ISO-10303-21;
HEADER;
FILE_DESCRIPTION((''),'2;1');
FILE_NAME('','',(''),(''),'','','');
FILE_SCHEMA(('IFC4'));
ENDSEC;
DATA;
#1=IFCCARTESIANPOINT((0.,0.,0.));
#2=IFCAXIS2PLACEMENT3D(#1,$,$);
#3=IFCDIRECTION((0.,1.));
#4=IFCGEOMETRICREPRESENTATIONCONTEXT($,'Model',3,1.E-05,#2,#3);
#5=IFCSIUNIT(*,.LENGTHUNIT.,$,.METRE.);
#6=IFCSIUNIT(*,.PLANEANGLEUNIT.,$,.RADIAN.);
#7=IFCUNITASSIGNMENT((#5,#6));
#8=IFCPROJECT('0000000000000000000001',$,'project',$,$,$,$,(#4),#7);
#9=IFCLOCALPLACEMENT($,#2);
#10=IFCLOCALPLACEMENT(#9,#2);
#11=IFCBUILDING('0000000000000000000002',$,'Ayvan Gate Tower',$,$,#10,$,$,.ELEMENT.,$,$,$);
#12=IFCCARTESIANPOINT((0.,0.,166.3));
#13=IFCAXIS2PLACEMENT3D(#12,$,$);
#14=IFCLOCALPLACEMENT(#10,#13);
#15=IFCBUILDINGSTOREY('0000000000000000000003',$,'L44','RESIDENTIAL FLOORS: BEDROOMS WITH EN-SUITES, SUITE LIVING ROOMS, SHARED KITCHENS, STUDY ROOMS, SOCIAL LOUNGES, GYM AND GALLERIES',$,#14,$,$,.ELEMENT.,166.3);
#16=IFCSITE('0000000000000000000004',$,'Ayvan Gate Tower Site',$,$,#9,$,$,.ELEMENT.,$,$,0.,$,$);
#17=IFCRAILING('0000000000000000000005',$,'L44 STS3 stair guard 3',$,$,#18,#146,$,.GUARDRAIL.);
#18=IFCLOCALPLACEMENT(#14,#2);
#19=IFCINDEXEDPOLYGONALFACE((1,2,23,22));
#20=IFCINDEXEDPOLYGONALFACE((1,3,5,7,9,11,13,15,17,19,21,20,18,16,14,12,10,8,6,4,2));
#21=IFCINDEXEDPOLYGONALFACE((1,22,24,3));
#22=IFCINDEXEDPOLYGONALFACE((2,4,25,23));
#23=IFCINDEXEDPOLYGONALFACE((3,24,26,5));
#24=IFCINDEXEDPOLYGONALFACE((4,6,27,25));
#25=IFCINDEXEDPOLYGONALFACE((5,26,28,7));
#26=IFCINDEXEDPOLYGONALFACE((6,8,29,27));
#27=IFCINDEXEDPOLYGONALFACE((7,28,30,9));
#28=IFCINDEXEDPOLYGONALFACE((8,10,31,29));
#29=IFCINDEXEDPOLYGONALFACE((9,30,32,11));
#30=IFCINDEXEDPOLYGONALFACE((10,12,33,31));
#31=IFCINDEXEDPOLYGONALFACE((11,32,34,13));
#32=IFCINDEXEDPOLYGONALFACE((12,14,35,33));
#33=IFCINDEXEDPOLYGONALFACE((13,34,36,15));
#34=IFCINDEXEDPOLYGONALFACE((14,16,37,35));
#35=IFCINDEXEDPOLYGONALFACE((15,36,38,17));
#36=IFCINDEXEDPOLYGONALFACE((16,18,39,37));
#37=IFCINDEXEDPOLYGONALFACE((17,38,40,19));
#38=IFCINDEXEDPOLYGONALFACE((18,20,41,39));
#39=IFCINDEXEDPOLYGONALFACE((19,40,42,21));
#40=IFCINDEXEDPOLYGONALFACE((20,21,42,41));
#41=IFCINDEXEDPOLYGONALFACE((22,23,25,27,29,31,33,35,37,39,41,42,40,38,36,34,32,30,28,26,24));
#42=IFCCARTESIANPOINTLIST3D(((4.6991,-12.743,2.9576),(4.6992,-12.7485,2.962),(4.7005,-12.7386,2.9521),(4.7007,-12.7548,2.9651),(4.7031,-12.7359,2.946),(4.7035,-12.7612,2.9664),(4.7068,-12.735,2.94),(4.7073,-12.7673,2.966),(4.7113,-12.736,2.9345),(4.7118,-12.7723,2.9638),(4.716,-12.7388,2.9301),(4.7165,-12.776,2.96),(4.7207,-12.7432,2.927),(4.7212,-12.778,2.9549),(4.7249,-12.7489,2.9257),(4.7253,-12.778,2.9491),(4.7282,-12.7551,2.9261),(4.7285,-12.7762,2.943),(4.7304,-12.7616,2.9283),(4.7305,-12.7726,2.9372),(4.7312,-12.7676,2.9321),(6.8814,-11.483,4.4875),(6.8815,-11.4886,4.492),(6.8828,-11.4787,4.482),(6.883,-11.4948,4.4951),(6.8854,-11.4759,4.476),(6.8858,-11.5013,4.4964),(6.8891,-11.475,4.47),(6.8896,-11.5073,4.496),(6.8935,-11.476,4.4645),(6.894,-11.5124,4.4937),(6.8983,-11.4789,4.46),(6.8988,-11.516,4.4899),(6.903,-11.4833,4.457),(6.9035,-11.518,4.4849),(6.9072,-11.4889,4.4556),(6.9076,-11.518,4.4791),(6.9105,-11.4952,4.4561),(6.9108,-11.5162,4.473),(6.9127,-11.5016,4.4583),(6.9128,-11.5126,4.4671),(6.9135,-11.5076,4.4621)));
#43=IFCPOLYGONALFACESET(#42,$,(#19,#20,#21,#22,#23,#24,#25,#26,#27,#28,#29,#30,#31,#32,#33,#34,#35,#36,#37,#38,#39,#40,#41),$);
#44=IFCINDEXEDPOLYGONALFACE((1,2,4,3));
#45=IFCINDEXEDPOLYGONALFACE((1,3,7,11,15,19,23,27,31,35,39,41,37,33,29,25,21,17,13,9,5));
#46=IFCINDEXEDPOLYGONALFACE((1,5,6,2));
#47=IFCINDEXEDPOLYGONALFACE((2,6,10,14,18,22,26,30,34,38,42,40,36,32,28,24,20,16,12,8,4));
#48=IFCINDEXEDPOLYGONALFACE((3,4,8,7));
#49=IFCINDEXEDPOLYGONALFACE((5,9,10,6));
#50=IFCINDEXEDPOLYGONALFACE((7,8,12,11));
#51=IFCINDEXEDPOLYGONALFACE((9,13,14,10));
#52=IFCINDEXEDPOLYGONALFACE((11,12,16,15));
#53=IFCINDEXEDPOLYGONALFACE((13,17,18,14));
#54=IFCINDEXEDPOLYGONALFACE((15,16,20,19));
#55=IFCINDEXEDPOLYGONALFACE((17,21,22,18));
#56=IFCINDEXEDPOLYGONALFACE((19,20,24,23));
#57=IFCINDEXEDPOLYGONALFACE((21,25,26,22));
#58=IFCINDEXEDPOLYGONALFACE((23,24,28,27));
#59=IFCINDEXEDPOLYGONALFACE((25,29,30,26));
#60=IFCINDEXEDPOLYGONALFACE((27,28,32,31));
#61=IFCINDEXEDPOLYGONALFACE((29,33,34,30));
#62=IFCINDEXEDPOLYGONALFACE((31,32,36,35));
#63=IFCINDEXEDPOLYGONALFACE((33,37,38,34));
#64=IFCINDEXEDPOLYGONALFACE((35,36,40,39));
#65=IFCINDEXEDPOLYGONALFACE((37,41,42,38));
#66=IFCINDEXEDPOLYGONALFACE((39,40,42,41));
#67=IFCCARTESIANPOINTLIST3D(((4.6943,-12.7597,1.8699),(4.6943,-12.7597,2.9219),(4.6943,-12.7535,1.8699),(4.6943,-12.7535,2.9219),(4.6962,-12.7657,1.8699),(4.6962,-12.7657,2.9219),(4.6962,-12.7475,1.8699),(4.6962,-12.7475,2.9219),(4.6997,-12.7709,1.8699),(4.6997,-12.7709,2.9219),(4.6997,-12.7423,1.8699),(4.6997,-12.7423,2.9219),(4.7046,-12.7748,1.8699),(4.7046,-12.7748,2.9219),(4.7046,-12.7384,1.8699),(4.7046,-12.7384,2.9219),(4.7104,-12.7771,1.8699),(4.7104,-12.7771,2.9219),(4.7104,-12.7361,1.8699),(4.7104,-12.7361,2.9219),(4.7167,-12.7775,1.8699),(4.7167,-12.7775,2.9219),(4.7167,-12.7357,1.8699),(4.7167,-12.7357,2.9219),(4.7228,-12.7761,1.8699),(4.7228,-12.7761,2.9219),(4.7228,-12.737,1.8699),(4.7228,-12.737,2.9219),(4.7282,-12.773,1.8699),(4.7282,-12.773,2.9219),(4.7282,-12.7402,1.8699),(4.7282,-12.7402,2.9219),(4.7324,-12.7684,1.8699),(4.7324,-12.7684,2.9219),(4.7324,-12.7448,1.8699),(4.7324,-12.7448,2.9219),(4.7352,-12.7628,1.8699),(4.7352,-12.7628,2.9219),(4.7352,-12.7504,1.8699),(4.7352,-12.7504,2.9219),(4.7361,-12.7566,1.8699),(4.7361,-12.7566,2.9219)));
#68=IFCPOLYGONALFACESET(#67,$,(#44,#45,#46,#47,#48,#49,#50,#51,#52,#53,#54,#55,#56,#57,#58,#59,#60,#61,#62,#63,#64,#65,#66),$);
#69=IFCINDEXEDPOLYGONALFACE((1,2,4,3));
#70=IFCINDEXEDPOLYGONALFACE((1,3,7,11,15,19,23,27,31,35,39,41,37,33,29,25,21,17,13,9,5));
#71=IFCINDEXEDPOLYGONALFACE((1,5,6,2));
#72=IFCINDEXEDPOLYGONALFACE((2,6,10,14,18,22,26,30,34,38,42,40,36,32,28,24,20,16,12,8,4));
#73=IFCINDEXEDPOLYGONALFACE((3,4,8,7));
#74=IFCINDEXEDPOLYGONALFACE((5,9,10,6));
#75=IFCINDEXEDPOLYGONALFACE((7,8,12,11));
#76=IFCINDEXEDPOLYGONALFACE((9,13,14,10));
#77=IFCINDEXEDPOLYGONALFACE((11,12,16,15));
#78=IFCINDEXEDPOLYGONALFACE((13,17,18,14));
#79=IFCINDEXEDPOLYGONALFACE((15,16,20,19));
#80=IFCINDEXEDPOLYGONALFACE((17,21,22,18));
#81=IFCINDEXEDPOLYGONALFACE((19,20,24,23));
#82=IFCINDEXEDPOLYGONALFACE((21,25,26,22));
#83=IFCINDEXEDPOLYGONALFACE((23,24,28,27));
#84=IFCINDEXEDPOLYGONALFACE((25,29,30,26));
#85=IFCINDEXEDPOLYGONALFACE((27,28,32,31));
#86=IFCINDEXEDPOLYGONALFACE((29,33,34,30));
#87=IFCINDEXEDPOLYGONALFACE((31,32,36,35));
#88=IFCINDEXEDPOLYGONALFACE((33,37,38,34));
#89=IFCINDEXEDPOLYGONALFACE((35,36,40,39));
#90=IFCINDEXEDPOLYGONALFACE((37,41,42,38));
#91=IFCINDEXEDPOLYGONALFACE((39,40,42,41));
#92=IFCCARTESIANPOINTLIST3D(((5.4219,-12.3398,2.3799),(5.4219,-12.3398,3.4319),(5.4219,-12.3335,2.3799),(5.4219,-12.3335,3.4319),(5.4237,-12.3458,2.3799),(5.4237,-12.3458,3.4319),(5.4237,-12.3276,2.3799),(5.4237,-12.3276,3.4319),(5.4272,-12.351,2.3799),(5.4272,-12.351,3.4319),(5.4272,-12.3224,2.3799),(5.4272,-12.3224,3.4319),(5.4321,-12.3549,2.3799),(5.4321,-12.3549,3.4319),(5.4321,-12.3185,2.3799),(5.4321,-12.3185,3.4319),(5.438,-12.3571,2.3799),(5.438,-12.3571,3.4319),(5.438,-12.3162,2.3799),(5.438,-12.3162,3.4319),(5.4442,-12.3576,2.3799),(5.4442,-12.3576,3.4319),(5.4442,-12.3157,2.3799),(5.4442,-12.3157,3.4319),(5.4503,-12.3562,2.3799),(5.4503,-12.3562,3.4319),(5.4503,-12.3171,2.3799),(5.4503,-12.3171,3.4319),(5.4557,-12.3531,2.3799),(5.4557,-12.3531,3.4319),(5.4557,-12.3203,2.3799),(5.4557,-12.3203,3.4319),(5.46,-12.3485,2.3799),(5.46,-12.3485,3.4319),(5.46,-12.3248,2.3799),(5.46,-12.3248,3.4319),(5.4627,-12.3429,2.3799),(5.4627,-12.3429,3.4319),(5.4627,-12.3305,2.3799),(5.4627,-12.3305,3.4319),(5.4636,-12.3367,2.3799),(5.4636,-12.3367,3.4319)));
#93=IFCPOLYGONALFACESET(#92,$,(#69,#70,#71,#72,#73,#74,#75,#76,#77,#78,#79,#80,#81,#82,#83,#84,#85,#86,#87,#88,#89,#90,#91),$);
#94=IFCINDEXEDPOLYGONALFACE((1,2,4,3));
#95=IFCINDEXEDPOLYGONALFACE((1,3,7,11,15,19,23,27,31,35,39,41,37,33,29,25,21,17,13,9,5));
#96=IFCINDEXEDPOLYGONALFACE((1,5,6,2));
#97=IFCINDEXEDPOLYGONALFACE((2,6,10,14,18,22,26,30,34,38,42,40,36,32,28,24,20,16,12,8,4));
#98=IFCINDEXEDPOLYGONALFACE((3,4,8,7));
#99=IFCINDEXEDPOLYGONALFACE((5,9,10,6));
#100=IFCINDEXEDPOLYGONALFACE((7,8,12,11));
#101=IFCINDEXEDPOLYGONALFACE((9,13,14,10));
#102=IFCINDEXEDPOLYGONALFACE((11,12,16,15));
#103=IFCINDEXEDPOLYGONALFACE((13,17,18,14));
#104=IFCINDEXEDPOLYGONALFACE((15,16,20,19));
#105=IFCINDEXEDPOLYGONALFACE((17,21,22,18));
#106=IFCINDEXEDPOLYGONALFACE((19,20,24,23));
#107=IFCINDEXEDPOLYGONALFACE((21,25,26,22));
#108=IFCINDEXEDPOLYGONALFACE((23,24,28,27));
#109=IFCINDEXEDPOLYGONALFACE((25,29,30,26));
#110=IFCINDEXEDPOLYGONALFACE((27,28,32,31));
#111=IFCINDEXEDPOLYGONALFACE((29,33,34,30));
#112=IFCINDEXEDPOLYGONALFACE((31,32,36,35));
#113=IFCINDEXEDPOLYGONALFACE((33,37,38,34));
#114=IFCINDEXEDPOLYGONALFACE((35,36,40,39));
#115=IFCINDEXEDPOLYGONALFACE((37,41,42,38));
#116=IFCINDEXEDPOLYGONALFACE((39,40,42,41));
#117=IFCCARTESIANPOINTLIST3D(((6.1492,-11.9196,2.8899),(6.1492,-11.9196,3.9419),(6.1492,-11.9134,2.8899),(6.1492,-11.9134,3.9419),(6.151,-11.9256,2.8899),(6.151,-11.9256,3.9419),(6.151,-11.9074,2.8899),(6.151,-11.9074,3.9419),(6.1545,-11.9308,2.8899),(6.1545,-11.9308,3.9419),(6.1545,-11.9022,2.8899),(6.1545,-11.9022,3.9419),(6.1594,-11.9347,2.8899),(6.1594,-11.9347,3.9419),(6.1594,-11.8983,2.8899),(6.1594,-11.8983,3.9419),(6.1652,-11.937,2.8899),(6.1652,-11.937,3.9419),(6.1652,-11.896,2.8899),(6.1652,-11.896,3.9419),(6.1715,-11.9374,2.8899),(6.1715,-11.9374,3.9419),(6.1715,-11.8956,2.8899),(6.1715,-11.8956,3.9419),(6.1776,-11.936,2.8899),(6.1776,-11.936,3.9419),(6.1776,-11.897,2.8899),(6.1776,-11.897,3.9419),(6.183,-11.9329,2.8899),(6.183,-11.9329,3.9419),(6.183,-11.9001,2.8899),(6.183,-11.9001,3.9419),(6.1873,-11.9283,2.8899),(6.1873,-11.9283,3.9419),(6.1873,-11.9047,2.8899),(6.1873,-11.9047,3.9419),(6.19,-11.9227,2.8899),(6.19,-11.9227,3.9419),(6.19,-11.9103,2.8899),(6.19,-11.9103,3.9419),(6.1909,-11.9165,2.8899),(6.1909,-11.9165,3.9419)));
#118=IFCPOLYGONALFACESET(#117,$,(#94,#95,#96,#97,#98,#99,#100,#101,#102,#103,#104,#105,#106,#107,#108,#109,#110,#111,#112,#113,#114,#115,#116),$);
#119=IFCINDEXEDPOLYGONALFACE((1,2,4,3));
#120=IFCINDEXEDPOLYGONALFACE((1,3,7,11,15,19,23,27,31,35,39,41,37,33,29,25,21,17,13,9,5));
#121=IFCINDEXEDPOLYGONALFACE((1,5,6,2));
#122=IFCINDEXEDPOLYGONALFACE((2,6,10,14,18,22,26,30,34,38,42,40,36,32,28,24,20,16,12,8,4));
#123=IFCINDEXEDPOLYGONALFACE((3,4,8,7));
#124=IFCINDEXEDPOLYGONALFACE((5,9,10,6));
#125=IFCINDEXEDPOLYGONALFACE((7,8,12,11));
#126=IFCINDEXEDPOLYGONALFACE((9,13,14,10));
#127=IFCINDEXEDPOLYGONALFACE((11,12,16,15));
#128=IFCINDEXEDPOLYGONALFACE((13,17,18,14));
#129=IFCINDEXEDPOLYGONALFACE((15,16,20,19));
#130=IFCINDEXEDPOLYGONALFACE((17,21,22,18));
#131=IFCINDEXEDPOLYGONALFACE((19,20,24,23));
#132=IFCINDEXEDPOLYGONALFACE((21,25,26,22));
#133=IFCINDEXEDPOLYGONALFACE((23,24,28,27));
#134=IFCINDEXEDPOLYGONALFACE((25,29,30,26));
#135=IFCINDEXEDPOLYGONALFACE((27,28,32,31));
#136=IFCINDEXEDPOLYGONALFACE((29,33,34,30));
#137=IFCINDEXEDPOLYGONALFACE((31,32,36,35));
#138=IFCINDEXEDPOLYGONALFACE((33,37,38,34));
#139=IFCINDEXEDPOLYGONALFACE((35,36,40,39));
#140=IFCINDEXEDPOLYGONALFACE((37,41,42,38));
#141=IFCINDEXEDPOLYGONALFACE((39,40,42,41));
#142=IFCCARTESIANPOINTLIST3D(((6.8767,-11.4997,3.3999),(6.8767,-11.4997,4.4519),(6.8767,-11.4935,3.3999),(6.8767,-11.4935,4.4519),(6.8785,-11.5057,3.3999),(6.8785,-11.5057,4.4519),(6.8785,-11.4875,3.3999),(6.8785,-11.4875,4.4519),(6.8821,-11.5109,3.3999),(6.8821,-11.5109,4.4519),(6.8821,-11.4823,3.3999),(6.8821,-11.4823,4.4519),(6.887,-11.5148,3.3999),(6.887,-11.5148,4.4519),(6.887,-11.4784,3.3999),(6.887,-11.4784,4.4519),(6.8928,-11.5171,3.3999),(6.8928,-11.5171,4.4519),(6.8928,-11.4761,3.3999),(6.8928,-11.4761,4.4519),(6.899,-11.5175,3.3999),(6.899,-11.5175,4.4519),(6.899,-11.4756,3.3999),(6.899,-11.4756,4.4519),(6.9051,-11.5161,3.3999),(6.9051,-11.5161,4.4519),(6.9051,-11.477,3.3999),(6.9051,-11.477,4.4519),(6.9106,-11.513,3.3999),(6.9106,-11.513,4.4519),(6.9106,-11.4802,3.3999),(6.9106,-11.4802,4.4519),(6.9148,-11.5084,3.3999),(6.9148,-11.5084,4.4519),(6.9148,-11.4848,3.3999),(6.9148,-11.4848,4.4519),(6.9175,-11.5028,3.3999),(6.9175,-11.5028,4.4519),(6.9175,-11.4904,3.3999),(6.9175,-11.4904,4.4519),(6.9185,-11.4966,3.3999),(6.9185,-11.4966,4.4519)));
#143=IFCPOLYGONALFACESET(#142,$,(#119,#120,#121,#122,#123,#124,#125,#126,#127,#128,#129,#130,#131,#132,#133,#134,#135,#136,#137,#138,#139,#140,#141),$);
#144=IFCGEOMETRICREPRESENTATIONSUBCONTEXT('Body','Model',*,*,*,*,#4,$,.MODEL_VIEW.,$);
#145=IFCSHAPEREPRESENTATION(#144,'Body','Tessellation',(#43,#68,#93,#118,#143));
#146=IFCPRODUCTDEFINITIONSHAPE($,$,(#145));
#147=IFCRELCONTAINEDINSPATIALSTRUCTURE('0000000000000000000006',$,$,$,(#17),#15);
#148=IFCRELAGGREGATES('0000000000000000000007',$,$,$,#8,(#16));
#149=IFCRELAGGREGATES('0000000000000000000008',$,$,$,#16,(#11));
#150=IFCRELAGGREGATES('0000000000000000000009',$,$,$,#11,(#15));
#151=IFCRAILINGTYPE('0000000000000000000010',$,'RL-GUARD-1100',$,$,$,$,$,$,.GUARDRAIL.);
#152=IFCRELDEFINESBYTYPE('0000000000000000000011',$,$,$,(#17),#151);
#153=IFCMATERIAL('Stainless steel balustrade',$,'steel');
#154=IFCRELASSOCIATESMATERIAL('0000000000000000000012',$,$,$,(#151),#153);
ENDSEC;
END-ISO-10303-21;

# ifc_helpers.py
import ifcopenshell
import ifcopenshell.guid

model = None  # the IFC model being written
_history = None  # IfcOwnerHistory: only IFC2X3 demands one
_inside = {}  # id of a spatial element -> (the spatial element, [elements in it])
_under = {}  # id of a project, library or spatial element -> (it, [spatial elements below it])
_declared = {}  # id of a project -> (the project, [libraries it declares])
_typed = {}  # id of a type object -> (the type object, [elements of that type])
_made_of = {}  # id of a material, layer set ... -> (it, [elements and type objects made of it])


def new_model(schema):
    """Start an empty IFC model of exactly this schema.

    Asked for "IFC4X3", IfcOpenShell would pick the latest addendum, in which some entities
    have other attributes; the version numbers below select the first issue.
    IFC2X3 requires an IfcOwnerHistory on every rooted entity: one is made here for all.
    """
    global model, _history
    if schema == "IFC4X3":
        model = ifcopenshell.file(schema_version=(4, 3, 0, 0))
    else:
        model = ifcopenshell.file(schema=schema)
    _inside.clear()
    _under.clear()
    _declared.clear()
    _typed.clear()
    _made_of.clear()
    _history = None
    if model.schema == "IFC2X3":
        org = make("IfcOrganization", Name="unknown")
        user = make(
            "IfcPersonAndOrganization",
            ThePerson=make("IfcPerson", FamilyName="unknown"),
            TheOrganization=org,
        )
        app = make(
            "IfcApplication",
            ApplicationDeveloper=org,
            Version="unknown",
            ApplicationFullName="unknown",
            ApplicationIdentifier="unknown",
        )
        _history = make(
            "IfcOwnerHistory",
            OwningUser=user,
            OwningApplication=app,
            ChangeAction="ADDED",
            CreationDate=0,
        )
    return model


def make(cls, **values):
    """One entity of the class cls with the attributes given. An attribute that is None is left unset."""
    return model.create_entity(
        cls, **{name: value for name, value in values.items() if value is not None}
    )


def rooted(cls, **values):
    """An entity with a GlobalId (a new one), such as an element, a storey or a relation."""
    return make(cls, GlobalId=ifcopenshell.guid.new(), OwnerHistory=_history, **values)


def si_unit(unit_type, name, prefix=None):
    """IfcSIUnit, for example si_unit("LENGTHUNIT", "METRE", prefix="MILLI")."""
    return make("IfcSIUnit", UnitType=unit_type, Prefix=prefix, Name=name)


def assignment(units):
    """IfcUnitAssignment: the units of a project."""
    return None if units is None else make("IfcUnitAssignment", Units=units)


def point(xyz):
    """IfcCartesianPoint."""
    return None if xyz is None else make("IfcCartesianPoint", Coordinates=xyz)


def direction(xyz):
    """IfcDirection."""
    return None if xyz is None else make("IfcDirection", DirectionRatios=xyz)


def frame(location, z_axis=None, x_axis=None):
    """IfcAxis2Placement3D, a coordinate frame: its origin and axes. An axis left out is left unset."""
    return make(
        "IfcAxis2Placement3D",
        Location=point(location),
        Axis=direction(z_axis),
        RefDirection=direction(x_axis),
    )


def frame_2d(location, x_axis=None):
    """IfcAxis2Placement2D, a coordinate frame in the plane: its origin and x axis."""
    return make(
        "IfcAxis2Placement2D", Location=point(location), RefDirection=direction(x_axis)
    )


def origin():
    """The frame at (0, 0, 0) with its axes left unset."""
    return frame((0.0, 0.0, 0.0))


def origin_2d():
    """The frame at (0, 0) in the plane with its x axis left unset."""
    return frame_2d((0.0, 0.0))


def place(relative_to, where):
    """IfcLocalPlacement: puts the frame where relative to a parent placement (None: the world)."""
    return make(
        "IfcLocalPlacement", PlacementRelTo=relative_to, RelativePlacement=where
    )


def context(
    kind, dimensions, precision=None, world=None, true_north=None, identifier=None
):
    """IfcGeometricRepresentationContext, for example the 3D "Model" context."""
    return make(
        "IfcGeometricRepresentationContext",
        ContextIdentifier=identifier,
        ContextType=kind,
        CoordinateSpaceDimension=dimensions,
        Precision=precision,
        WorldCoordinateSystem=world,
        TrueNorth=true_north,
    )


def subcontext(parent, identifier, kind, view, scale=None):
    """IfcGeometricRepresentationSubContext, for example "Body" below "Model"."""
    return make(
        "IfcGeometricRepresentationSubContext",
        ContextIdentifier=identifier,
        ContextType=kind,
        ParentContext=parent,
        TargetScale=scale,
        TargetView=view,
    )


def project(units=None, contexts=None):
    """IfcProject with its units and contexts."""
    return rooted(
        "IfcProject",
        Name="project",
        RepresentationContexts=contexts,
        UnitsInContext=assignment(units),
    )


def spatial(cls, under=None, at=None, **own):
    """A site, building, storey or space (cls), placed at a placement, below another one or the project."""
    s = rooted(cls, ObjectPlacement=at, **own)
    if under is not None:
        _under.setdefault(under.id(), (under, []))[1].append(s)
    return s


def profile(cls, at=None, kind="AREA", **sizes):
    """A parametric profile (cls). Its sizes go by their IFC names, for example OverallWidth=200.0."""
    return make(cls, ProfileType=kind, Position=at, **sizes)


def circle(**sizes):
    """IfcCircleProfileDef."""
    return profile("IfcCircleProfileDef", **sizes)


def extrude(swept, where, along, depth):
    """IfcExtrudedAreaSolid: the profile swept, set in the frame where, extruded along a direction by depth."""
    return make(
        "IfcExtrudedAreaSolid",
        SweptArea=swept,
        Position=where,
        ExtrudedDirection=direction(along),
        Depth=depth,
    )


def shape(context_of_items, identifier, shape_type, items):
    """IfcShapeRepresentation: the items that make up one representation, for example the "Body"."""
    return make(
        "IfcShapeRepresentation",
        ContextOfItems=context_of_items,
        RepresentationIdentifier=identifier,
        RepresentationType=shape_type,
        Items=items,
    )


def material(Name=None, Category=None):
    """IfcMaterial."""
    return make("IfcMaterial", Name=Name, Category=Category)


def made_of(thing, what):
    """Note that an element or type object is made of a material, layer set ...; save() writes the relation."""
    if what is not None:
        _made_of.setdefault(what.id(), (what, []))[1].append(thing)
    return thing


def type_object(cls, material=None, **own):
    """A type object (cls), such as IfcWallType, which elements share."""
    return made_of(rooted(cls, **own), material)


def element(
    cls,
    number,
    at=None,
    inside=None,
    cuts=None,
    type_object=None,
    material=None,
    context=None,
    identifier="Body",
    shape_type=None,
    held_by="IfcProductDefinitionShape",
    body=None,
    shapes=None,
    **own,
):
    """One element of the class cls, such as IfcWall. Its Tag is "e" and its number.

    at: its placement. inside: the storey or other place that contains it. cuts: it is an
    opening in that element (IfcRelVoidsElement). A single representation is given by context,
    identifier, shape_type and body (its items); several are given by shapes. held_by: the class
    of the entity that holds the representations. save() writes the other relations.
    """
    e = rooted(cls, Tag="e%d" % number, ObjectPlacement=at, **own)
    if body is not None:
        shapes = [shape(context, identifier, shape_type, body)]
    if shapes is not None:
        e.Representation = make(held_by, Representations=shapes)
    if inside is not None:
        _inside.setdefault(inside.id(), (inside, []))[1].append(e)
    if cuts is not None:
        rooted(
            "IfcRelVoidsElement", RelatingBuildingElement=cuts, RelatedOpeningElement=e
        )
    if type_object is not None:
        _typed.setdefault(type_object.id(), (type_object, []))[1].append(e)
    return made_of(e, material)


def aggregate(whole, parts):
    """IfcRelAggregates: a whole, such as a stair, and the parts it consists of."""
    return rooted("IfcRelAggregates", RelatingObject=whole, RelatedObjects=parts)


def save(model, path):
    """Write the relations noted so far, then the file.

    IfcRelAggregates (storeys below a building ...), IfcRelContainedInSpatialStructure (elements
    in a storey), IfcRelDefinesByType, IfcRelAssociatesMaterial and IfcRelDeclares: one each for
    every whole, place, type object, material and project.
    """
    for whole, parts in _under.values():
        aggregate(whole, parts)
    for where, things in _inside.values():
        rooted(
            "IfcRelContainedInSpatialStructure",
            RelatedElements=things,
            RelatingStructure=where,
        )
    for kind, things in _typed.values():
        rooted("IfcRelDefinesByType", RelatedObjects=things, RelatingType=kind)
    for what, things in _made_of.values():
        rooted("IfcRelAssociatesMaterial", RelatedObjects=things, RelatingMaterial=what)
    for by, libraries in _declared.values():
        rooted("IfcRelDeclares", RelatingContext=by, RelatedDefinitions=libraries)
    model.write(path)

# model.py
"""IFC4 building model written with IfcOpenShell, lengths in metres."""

from ifc_helpers import new_model, si_unit, direction, frame, origin, origin_2d, place, context, subcontext, project, spatial, circle, extrude, material, type_object, element, save


model = new_model("IFC4")

# Units and contexts
model_context = context("Model", 3, precision=1e-05, world=origin(), true_north=direction((0.0, 1.0)))
body_context = subcontext(model_context, "Body", "Model", "MODEL_VIEW")
ifc_project = project(units=[si_unit("LENGTHUNIT", "METRE"), si_unit("PLANEANGLEUNIT", "RADIAN")], contexts=[model_context])

# Site, building, storey
site_placement = place(None, origin())
site = spatial("IfcSite", under=ifc_project, at=site_placement, Name="Ayvan Gate Tower Site", CompositionType="ELEMENT", RefElevation=0.0)
building_placement = place(site_placement, origin())
building = spatial("IfcBuilding", under=site, at=building_placement, Name="Ayvan Gate Tower", CompositionType="ELEMENT")
storey_placement = place(building_placement, frame((0.0, 0.0, 166.3)))
storey = spatial("IfcBuildingStorey", under=building, at=storey_placement, Name="L44", Description="RESIDENTIAL FLOORS: BEDROOMS WITH EN-SUITES, SUITE LIVING ROOMS, SHARED KITCHENS, STUDY ROOMS, SOCIAL LOUNGES, GYM AND GALLERIES", CompositionType="ELEMENT", Elevation=166.3)

# Railing
ifc_material_1 = material(Name="Stainless steel balustrade", Category="steel")
railing_type_1 = type_object("IfcRailingType", Name="RL-GUARD-1100", PredefinedType="GUARDRAIL", material=ifc_material_1)
railing_1_placement = place(storey_placement, frame((4.7151, -12.7566, 1.8699)))
element("IfcRailing", 1, at=railing_1_placement, inside=storey, type_object=railing_type_1, Name="L44 STS3 stair guard 3", PredefinedType="GUARDRAIL", context=body_context, shape_type="SweptSolid", body=[
    extrude(circle(Radius=0.0239, at=origin_2d()), frame((0.0, 0.0, 1.0762), z_axis=(0.740261, 0.427395, 0.518986), x_axis=(-0.500005, 0.866023, 0.0)), (0.0, 0.0, 1.0), 2.948),
    extrude(circle(Radius=0.021, at=origin_2d()), origin(), (0.0, 0.0, 1.0), 1.052),
    extrude(circle(Radius=0.021, at=origin_2d()), frame((0.7275, 0.4199, 0.51)), (0.0, 0.0, 1.0), 1.052),
    extrude(circle(Radius=0.021, at=origin_2d()), frame((1.4548, 0.8401, 1.02)), (0.0, 0.0, 1.0), 1.052),
    extrude(circle(Radius=0.021, at=origin_2d()), frame((2.1824, 1.26, 1.53)), (0.0, 0.0, 1.0), 1.052),
])

save(model, "model.ifc")
